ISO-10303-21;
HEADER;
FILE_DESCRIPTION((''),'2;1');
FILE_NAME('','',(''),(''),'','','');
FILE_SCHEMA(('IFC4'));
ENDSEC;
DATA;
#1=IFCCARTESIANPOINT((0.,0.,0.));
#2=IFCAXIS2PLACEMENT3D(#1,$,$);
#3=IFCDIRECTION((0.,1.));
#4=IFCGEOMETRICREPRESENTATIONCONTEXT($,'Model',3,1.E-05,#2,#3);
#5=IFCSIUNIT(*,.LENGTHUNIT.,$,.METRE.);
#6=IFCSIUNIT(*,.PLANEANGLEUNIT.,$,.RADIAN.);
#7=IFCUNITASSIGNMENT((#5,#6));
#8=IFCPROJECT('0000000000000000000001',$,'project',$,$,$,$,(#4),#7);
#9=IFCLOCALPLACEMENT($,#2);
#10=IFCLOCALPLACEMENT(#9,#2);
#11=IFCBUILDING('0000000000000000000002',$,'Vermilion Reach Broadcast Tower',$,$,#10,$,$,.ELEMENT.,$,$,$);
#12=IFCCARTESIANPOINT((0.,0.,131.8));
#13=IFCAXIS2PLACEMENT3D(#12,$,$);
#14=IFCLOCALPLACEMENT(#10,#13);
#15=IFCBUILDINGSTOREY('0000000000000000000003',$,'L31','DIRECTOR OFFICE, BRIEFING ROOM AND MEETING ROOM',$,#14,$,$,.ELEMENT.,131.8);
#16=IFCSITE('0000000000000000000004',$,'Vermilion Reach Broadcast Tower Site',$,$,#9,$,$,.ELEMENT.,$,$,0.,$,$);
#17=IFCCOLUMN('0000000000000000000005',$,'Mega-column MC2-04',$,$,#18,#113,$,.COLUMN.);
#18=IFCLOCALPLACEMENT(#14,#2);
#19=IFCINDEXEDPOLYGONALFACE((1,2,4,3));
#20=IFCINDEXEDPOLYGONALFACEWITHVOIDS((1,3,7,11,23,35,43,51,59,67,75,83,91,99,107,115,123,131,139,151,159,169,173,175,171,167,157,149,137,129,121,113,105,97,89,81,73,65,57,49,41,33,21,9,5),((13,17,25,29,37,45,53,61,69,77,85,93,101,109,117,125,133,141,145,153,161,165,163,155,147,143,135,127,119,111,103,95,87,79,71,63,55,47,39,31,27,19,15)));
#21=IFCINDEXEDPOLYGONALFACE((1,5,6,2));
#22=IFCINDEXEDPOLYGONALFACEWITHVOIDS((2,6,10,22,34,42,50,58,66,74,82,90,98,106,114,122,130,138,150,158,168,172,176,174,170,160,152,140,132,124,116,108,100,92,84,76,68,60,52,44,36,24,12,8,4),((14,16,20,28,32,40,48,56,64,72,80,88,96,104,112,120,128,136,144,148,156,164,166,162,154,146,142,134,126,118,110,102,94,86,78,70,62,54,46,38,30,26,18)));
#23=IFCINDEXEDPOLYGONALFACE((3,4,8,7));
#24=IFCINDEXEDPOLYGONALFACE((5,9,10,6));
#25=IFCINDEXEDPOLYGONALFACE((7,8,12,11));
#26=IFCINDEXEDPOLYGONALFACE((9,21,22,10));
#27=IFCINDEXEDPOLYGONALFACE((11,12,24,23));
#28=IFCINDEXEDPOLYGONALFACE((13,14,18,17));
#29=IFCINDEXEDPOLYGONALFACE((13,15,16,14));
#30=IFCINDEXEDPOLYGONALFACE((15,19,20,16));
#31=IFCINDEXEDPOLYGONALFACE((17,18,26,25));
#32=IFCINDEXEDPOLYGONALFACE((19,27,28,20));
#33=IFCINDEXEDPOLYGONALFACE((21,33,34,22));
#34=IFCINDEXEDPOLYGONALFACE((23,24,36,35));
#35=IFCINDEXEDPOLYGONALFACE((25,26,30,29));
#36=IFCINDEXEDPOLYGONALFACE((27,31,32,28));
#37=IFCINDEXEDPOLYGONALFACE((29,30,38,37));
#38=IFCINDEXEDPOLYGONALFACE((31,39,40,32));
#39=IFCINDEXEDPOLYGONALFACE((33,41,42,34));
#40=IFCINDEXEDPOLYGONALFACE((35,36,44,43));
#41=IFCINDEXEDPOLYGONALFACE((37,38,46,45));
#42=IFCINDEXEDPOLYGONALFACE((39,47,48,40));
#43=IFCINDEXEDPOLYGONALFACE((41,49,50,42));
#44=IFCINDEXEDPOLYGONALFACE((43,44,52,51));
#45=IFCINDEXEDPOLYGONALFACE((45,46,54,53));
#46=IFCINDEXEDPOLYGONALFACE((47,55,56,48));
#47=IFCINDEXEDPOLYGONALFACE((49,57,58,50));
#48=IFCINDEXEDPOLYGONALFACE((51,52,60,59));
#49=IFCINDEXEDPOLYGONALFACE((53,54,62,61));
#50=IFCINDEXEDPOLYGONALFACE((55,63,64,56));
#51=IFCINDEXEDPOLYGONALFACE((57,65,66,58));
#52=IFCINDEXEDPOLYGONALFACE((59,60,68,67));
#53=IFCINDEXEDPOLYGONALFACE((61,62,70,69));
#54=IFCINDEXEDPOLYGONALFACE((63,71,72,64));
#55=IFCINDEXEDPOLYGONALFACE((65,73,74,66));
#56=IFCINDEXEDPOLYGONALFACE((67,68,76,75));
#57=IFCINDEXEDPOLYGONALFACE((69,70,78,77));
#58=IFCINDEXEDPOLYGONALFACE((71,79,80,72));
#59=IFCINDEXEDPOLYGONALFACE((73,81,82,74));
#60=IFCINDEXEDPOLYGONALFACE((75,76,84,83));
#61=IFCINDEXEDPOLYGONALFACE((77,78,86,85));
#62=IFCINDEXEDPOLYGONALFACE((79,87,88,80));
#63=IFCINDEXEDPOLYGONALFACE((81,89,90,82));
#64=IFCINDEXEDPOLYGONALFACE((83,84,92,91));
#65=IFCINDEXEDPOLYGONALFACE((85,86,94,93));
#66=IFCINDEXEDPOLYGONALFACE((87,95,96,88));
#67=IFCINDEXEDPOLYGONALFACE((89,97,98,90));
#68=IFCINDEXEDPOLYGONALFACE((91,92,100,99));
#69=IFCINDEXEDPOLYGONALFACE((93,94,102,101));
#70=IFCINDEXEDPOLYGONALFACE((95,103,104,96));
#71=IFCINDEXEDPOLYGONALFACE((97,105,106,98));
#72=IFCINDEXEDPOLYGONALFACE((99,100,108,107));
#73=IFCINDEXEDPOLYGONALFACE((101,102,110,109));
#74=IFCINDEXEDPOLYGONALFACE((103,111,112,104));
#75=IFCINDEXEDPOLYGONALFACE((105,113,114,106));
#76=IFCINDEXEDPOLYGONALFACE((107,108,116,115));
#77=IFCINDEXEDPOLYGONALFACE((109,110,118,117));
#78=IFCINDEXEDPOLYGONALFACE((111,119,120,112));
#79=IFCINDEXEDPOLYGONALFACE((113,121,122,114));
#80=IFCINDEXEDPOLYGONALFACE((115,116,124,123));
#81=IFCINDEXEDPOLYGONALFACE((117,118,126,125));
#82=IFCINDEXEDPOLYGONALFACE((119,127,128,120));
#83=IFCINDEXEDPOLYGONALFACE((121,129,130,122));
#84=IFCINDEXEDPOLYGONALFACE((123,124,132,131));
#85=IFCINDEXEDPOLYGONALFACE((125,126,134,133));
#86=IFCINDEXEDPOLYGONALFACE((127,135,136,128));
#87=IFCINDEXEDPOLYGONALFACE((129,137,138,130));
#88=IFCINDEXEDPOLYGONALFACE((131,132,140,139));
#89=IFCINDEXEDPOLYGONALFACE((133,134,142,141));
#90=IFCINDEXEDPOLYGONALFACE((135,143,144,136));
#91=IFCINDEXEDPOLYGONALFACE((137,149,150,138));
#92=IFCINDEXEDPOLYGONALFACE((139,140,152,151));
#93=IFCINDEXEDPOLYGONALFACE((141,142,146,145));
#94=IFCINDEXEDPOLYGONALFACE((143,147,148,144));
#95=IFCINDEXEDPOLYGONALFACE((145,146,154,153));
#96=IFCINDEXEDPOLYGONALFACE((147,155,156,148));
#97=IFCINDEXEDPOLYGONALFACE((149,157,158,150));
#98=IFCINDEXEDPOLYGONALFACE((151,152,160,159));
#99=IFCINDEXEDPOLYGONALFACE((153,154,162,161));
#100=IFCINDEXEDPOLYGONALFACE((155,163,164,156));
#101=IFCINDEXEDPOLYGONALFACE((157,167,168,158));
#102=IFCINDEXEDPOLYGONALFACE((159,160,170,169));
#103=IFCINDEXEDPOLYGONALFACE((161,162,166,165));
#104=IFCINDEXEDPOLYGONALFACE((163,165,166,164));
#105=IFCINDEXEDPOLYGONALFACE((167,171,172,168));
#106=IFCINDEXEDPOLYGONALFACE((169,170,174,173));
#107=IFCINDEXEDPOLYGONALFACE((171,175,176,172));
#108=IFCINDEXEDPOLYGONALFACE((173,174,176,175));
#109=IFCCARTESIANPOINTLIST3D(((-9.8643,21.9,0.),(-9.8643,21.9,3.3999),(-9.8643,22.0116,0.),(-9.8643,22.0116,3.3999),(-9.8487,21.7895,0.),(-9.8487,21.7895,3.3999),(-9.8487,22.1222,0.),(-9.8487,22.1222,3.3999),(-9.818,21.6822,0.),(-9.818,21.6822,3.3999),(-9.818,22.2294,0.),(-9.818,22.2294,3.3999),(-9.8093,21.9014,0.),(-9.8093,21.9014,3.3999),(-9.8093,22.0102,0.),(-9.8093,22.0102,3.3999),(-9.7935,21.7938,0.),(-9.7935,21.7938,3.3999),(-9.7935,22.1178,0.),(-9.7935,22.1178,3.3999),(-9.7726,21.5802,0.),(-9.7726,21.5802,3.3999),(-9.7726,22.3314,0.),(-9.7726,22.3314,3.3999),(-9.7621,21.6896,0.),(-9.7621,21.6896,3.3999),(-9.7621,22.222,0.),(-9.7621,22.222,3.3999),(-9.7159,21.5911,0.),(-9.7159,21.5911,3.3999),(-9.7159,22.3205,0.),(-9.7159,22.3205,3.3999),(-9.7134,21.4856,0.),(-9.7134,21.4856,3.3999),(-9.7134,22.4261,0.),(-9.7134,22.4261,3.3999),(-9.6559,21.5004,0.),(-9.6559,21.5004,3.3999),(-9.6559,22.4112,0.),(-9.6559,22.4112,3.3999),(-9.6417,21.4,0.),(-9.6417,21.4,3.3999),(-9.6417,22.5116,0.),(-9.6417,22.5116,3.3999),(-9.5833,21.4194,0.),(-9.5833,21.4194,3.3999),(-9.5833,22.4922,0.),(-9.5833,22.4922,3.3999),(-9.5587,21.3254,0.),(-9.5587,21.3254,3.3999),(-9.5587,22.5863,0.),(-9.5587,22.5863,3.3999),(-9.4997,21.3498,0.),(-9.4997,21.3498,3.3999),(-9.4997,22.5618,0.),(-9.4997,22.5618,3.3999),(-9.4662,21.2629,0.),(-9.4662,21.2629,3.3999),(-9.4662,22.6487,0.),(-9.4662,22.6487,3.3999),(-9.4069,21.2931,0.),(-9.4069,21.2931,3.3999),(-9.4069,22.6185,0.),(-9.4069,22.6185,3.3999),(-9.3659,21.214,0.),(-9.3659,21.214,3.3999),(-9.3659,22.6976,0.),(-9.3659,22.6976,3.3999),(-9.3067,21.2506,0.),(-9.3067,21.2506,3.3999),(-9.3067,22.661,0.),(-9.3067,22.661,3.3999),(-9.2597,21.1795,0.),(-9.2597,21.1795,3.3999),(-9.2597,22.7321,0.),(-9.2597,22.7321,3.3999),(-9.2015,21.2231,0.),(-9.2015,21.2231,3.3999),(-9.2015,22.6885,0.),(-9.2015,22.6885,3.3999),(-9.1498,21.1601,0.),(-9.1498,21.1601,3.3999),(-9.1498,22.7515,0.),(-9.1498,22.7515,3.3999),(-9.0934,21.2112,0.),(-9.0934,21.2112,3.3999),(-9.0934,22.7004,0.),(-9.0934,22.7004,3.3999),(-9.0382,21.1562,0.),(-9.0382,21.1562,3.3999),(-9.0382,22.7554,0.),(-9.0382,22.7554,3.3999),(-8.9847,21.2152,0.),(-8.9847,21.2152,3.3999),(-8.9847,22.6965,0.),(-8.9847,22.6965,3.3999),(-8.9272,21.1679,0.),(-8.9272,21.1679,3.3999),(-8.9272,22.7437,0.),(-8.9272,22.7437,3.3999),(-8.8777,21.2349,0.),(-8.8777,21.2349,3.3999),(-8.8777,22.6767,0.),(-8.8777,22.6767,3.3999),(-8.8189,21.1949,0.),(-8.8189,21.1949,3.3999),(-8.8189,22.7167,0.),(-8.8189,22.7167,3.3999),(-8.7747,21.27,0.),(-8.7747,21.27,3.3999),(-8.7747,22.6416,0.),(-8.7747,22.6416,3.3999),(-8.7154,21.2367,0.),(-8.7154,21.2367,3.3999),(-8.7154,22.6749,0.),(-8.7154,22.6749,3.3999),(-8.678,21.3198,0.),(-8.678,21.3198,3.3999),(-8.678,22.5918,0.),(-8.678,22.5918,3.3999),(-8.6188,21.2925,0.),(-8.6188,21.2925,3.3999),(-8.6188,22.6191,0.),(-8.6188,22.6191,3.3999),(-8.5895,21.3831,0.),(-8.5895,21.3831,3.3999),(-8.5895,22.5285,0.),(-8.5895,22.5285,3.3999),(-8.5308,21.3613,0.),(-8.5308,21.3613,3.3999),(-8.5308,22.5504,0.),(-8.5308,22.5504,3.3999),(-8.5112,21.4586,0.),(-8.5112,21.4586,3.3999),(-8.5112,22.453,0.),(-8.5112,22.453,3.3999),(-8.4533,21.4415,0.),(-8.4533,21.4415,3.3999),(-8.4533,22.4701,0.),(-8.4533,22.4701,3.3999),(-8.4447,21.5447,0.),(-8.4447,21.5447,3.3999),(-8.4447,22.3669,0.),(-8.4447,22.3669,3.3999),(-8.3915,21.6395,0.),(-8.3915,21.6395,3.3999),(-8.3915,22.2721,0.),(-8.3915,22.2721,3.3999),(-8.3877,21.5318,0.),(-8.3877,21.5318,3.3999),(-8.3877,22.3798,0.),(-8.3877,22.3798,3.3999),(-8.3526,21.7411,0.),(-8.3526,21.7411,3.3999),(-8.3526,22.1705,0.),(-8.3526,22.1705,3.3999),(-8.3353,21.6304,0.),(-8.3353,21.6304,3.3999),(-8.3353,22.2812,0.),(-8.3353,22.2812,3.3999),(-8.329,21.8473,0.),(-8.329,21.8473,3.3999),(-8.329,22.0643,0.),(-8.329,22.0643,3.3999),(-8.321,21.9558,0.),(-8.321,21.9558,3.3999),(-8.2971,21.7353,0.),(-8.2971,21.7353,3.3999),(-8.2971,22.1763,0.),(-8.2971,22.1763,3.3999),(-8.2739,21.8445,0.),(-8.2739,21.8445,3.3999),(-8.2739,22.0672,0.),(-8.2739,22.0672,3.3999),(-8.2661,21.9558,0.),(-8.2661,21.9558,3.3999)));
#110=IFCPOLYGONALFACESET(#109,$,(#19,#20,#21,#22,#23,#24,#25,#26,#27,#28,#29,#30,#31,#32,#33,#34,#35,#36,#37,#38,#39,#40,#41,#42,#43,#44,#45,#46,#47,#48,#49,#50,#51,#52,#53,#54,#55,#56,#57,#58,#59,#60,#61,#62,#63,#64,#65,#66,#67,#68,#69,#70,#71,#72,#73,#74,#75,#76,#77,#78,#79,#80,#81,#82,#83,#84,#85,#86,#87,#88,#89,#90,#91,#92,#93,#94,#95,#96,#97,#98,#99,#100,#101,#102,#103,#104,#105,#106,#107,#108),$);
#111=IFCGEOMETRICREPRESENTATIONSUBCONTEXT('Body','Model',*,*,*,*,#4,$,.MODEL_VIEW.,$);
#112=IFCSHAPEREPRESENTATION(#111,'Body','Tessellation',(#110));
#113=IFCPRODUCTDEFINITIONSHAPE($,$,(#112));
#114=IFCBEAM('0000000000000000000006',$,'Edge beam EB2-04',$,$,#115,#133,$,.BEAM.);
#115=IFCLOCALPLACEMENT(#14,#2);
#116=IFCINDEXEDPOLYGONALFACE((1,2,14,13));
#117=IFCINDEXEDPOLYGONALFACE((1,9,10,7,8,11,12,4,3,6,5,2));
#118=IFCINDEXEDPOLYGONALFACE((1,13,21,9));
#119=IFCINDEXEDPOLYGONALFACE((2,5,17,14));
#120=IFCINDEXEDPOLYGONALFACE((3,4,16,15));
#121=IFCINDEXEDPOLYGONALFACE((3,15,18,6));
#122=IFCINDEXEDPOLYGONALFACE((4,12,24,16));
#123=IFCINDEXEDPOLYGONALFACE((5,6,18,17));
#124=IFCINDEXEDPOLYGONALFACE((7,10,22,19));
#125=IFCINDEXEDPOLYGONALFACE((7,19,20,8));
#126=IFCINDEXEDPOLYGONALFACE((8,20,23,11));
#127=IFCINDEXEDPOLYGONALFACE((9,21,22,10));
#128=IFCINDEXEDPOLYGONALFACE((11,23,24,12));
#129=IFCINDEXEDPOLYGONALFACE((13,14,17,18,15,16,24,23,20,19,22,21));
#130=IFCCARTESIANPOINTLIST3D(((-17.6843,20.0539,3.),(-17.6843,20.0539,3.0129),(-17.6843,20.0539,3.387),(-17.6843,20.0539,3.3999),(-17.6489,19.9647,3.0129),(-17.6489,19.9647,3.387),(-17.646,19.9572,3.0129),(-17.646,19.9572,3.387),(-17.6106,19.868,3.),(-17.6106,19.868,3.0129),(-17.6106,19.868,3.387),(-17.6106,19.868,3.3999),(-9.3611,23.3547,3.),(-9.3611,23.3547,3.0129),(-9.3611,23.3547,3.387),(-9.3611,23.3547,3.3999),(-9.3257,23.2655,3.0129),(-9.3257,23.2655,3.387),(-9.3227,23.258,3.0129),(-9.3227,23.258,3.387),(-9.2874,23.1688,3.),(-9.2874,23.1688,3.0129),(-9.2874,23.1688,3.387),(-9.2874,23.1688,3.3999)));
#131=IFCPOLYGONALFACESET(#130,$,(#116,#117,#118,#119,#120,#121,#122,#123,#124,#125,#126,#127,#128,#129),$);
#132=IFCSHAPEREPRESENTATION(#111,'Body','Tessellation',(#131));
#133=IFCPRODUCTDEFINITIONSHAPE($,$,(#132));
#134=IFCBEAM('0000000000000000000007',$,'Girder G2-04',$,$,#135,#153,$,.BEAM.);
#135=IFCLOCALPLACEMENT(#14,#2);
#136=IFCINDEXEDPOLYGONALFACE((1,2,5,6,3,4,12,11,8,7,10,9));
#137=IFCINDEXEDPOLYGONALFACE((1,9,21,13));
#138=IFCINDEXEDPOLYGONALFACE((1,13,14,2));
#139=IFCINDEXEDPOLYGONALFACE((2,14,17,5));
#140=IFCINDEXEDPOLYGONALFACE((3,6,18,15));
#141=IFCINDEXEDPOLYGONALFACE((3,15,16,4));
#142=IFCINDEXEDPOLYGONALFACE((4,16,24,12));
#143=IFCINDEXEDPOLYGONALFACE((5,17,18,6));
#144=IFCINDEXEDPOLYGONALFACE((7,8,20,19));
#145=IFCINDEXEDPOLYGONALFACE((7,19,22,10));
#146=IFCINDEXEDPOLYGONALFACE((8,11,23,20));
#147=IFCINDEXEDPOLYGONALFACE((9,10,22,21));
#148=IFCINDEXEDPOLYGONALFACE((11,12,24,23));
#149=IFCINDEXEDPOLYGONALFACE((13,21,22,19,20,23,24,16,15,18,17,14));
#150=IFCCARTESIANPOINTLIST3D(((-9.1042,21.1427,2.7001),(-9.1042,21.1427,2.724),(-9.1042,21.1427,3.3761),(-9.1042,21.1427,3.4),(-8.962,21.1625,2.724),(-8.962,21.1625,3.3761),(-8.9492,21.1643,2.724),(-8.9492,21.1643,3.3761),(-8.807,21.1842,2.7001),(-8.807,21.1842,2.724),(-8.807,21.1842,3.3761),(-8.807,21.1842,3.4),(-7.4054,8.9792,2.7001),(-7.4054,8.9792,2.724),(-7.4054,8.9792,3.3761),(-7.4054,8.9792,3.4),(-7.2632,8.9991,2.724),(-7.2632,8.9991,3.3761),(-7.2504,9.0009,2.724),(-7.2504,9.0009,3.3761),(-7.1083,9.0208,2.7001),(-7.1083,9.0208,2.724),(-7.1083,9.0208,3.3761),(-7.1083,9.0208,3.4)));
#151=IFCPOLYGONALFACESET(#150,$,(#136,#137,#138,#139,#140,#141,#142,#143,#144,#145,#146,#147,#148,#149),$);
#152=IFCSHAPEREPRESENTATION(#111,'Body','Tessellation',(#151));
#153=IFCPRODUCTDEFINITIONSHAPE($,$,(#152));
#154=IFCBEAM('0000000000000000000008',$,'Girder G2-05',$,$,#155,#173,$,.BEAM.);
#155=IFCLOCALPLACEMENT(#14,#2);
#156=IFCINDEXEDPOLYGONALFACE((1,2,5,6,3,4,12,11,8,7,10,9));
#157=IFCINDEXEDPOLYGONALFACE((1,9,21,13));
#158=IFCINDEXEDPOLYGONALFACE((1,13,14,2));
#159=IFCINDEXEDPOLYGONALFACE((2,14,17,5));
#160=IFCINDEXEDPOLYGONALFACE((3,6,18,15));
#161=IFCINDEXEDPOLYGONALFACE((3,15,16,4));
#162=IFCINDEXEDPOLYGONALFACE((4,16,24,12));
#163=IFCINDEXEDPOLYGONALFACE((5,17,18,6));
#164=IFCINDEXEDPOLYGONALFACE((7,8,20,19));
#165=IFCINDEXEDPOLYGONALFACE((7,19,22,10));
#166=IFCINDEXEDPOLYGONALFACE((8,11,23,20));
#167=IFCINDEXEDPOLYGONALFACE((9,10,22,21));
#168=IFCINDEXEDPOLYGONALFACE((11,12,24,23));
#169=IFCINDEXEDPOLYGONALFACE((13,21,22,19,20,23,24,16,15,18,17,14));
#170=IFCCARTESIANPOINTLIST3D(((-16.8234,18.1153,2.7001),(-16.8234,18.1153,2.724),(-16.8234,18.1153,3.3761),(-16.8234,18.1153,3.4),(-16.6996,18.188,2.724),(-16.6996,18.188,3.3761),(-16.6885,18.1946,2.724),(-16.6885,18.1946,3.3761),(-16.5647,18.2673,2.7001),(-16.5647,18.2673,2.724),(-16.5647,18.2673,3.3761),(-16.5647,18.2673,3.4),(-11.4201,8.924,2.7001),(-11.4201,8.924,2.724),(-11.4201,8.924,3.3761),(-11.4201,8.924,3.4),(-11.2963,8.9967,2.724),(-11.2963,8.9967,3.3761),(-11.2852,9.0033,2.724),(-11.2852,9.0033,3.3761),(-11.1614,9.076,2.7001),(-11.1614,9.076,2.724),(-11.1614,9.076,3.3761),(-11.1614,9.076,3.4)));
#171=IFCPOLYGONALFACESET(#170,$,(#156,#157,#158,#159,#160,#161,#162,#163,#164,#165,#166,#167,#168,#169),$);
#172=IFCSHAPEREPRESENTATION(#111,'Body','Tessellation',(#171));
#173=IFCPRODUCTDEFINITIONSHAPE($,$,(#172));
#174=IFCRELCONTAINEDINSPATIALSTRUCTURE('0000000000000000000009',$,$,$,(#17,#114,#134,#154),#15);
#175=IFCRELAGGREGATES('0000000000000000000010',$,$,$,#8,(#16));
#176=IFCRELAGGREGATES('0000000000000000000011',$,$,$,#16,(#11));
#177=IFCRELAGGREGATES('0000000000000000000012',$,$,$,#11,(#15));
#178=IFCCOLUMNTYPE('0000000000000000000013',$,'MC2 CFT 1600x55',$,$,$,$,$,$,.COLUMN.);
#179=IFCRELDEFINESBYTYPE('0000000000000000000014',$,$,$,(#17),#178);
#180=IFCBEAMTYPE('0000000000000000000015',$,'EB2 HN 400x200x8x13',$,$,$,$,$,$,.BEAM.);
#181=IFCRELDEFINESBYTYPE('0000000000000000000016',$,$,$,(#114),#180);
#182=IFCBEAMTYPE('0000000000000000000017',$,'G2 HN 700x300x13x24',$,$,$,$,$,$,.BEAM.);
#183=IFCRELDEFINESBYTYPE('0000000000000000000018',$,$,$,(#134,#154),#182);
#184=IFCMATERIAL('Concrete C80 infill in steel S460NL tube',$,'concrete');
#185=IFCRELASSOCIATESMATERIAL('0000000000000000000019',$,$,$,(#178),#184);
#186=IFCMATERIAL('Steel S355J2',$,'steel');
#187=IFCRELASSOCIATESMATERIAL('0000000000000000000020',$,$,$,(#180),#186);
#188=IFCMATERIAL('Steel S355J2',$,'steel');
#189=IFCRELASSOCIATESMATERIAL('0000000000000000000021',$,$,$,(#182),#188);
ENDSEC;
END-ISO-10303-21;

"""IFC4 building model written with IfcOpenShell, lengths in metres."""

from ifc_helpers import new_model, si_unit, direction, frame, origin, origin_2d, place, context, subcontext, project, spatial, hollow_circle, i_section, extrude, material, material_profile, profile_set, type_object, element, save


model = new_model("IFC4")

# Units and contexts
model_context = context("Model", 3, precision=1e-05, world=origin(), true_north=direction((0.0, 1.0)))
body_context = subcontext(model_context, "Body", "Model", "MODEL_VIEW")
ifc_project = project(units=[si_unit("LENGTHUNIT", "METRE"), si_unit("PLANEANGLEUNIT", "RADIAN")], contexts=[model_context])

# Site, building, storey
site_placement = place(None, origin())
site = spatial("IfcSite", under=ifc_project, at=site_placement, Name="Vermilion Reach Broadcast Tower Site", CompositionType="ELEMENT", RefElevation=0.0)
building_placement = place(site_placement, origin())
building = spatial("IfcBuilding", under=site, at=building_placement, Name="Vermilion Reach Broadcast Tower", CompositionType="ELEMENT")
storey_placement = place(building_placement, frame((0.0, 0.0, 131.8)))
storey = spatial("IfcBuildingStorey", under=building, at=storey_placement, Name="L31", Description="DIRECTOR OFFICE, BRIEFING ROOM AND MEETING ROOM", CompositionType="ELEMENT", Elevation=131.8)

# Column
ifc_material_1 = material(Name="Concrete C80 infill in steel S460NL tube", Category="concrete")
ifc_material_profile_1 = material_profile(ifc_material_1, hollow_circle(Radius=0.8, WallThickness=0.0549, at=origin_2d()), Name="Concrete C80 infill in steel S460NL tube CFT 1600x55")
ifc_profile_set_1 = profile_set([ifc_material_profile_1], Name="Concrete C80 infill in steel S460NL tube")
column_type = type_object("IfcColumnType", Name="MC2 CFT 1600x55", PredefinedType="COLUMN", material=ifc_profile_set_1)
column_placement = place(storey_placement, frame((-9.0662, 21.9558, 0.0), z_axis=(0.0, 0.0, 1.0), x_axis=(1.0, 0.0, 0.0)))
element("IfcColumn", 1, at=column_placement, inside=storey, type_object=column_type, Name="Mega-column MC2-04", PredefinedType="COLUMN", context=body_context, shape_type="SweptSolid", body=[
    extrude(hollow_circle(Radius=0.8, WallThickness=0.0549, at=origin_2d()), origin(), (0.0, 0.0, 1.0), 3.3999),
])

# Beams
ifc_material_2 = material(Name="Steel S355J2", Category="steel")
ifc_material_profile_2 = material_profile(ifc_material_2, i_section(OverallWidth=0.2, OverallDepth=0.3999, WebThickness=0.0081, FlangeThickness=0.0129, at=origin_2d()), Name="S355J2 HN 400x200x8x13")
ifc_profile_set_2 = profile_set([ifc_material_profile_2], Name="Steel S355J2")
beam_type_1 = type_object("IfcBeamType", Name="EB2 HN 400x200x8x13", PredefinedType="BEAM", material=ifc_profile_set_2)
beam_1_placement = place(storey_placement, frame((-9.3242, 23.2617, 3.2), z_axis=(-0.929571, -0.368644, 0.0), x_axis=(0.368644, -0.929571, 0.0)))
element("IfcBeam", 2, at=beam_1_placement, inside=storey, type_object=beam_type_1, Name="Edge beam EB2-04", PredefinedType="BEAM", context=body_context, shape_type="SweptSolid", body=[
    extrude(i_section(OverallWidth=0.2, OverallDepth=0.3999, WebThickness=0.0081, FlangeThickness=0.0129, at=origin_2d()), origin(), (0.0, 0.0, 1.0), 8.9539),
])
ifc_material_3 = material(Name="Steel S355J2", Category="steel")
ifc_material_profile_3 = material_profile(ifc_material_3, i_section(OverallWidth=0.3, OverallDepth=0.7, WebThickness=0.0129, FlangeThickness=0.0239, at=origin_2d()), Name="S355J2 HN 700x300x13x24")
ifc_profile_set_3 = profile_set([ifc_material_profile_3], Name="Steel S355J2")
beam_type_2 = type_object("IfcBeamType", Name="G2 HN 700x300x13x24", PredefinedType="BEAM", material=ifc_profile_set_3)
beam_2_placement = place(storey_placement, frame((-7.2568, 9.0, 3.05), z_axis=(-0.138318, 0.990388, 0.0), x_axis=(-0.990388, -0.138318, 0.0)))
element("IfcBeam", 3, at=beam_2_placement, inside=storey, type_object=beam_type_2, Name="Girder G2-04", PredefinedType="BEAM", context=body_context, shape_type="SweptSolid", body=[
    extrude(i_section(OverallWidth=0.3, OverallDepth=0.7, WebThickness=0.0129, FlangeThickness=0.0239, at=origin_2d()), origin(), (0.0, 0.0, 1.0), 12.2815),
])
beam_3_placement = place(storey_placement, frame((-11.2908, 9.0, 3.05), z_axis=(-0.506784, 0.862073, 0.0), x_axis=(-0.862073, -0.506784, 0.0)))
element("IfcBeam", 4, at=beam_3_placement, inside=storey, type_object=beam_type_2, Name="Girder G2-05", PredefinedType="BEAM", context=body_context, shape_type="SweptSolid", body=[
    extrude(i_section(OverallWidth=0.3, OverallDepth=0.7, WebThickness=0.0129, FlangeThickness=0.0239, at=origin_2d()), origin(), (0.0, 0.0, 1.0), 10.6619),
])

save(model, "model.ifc")
